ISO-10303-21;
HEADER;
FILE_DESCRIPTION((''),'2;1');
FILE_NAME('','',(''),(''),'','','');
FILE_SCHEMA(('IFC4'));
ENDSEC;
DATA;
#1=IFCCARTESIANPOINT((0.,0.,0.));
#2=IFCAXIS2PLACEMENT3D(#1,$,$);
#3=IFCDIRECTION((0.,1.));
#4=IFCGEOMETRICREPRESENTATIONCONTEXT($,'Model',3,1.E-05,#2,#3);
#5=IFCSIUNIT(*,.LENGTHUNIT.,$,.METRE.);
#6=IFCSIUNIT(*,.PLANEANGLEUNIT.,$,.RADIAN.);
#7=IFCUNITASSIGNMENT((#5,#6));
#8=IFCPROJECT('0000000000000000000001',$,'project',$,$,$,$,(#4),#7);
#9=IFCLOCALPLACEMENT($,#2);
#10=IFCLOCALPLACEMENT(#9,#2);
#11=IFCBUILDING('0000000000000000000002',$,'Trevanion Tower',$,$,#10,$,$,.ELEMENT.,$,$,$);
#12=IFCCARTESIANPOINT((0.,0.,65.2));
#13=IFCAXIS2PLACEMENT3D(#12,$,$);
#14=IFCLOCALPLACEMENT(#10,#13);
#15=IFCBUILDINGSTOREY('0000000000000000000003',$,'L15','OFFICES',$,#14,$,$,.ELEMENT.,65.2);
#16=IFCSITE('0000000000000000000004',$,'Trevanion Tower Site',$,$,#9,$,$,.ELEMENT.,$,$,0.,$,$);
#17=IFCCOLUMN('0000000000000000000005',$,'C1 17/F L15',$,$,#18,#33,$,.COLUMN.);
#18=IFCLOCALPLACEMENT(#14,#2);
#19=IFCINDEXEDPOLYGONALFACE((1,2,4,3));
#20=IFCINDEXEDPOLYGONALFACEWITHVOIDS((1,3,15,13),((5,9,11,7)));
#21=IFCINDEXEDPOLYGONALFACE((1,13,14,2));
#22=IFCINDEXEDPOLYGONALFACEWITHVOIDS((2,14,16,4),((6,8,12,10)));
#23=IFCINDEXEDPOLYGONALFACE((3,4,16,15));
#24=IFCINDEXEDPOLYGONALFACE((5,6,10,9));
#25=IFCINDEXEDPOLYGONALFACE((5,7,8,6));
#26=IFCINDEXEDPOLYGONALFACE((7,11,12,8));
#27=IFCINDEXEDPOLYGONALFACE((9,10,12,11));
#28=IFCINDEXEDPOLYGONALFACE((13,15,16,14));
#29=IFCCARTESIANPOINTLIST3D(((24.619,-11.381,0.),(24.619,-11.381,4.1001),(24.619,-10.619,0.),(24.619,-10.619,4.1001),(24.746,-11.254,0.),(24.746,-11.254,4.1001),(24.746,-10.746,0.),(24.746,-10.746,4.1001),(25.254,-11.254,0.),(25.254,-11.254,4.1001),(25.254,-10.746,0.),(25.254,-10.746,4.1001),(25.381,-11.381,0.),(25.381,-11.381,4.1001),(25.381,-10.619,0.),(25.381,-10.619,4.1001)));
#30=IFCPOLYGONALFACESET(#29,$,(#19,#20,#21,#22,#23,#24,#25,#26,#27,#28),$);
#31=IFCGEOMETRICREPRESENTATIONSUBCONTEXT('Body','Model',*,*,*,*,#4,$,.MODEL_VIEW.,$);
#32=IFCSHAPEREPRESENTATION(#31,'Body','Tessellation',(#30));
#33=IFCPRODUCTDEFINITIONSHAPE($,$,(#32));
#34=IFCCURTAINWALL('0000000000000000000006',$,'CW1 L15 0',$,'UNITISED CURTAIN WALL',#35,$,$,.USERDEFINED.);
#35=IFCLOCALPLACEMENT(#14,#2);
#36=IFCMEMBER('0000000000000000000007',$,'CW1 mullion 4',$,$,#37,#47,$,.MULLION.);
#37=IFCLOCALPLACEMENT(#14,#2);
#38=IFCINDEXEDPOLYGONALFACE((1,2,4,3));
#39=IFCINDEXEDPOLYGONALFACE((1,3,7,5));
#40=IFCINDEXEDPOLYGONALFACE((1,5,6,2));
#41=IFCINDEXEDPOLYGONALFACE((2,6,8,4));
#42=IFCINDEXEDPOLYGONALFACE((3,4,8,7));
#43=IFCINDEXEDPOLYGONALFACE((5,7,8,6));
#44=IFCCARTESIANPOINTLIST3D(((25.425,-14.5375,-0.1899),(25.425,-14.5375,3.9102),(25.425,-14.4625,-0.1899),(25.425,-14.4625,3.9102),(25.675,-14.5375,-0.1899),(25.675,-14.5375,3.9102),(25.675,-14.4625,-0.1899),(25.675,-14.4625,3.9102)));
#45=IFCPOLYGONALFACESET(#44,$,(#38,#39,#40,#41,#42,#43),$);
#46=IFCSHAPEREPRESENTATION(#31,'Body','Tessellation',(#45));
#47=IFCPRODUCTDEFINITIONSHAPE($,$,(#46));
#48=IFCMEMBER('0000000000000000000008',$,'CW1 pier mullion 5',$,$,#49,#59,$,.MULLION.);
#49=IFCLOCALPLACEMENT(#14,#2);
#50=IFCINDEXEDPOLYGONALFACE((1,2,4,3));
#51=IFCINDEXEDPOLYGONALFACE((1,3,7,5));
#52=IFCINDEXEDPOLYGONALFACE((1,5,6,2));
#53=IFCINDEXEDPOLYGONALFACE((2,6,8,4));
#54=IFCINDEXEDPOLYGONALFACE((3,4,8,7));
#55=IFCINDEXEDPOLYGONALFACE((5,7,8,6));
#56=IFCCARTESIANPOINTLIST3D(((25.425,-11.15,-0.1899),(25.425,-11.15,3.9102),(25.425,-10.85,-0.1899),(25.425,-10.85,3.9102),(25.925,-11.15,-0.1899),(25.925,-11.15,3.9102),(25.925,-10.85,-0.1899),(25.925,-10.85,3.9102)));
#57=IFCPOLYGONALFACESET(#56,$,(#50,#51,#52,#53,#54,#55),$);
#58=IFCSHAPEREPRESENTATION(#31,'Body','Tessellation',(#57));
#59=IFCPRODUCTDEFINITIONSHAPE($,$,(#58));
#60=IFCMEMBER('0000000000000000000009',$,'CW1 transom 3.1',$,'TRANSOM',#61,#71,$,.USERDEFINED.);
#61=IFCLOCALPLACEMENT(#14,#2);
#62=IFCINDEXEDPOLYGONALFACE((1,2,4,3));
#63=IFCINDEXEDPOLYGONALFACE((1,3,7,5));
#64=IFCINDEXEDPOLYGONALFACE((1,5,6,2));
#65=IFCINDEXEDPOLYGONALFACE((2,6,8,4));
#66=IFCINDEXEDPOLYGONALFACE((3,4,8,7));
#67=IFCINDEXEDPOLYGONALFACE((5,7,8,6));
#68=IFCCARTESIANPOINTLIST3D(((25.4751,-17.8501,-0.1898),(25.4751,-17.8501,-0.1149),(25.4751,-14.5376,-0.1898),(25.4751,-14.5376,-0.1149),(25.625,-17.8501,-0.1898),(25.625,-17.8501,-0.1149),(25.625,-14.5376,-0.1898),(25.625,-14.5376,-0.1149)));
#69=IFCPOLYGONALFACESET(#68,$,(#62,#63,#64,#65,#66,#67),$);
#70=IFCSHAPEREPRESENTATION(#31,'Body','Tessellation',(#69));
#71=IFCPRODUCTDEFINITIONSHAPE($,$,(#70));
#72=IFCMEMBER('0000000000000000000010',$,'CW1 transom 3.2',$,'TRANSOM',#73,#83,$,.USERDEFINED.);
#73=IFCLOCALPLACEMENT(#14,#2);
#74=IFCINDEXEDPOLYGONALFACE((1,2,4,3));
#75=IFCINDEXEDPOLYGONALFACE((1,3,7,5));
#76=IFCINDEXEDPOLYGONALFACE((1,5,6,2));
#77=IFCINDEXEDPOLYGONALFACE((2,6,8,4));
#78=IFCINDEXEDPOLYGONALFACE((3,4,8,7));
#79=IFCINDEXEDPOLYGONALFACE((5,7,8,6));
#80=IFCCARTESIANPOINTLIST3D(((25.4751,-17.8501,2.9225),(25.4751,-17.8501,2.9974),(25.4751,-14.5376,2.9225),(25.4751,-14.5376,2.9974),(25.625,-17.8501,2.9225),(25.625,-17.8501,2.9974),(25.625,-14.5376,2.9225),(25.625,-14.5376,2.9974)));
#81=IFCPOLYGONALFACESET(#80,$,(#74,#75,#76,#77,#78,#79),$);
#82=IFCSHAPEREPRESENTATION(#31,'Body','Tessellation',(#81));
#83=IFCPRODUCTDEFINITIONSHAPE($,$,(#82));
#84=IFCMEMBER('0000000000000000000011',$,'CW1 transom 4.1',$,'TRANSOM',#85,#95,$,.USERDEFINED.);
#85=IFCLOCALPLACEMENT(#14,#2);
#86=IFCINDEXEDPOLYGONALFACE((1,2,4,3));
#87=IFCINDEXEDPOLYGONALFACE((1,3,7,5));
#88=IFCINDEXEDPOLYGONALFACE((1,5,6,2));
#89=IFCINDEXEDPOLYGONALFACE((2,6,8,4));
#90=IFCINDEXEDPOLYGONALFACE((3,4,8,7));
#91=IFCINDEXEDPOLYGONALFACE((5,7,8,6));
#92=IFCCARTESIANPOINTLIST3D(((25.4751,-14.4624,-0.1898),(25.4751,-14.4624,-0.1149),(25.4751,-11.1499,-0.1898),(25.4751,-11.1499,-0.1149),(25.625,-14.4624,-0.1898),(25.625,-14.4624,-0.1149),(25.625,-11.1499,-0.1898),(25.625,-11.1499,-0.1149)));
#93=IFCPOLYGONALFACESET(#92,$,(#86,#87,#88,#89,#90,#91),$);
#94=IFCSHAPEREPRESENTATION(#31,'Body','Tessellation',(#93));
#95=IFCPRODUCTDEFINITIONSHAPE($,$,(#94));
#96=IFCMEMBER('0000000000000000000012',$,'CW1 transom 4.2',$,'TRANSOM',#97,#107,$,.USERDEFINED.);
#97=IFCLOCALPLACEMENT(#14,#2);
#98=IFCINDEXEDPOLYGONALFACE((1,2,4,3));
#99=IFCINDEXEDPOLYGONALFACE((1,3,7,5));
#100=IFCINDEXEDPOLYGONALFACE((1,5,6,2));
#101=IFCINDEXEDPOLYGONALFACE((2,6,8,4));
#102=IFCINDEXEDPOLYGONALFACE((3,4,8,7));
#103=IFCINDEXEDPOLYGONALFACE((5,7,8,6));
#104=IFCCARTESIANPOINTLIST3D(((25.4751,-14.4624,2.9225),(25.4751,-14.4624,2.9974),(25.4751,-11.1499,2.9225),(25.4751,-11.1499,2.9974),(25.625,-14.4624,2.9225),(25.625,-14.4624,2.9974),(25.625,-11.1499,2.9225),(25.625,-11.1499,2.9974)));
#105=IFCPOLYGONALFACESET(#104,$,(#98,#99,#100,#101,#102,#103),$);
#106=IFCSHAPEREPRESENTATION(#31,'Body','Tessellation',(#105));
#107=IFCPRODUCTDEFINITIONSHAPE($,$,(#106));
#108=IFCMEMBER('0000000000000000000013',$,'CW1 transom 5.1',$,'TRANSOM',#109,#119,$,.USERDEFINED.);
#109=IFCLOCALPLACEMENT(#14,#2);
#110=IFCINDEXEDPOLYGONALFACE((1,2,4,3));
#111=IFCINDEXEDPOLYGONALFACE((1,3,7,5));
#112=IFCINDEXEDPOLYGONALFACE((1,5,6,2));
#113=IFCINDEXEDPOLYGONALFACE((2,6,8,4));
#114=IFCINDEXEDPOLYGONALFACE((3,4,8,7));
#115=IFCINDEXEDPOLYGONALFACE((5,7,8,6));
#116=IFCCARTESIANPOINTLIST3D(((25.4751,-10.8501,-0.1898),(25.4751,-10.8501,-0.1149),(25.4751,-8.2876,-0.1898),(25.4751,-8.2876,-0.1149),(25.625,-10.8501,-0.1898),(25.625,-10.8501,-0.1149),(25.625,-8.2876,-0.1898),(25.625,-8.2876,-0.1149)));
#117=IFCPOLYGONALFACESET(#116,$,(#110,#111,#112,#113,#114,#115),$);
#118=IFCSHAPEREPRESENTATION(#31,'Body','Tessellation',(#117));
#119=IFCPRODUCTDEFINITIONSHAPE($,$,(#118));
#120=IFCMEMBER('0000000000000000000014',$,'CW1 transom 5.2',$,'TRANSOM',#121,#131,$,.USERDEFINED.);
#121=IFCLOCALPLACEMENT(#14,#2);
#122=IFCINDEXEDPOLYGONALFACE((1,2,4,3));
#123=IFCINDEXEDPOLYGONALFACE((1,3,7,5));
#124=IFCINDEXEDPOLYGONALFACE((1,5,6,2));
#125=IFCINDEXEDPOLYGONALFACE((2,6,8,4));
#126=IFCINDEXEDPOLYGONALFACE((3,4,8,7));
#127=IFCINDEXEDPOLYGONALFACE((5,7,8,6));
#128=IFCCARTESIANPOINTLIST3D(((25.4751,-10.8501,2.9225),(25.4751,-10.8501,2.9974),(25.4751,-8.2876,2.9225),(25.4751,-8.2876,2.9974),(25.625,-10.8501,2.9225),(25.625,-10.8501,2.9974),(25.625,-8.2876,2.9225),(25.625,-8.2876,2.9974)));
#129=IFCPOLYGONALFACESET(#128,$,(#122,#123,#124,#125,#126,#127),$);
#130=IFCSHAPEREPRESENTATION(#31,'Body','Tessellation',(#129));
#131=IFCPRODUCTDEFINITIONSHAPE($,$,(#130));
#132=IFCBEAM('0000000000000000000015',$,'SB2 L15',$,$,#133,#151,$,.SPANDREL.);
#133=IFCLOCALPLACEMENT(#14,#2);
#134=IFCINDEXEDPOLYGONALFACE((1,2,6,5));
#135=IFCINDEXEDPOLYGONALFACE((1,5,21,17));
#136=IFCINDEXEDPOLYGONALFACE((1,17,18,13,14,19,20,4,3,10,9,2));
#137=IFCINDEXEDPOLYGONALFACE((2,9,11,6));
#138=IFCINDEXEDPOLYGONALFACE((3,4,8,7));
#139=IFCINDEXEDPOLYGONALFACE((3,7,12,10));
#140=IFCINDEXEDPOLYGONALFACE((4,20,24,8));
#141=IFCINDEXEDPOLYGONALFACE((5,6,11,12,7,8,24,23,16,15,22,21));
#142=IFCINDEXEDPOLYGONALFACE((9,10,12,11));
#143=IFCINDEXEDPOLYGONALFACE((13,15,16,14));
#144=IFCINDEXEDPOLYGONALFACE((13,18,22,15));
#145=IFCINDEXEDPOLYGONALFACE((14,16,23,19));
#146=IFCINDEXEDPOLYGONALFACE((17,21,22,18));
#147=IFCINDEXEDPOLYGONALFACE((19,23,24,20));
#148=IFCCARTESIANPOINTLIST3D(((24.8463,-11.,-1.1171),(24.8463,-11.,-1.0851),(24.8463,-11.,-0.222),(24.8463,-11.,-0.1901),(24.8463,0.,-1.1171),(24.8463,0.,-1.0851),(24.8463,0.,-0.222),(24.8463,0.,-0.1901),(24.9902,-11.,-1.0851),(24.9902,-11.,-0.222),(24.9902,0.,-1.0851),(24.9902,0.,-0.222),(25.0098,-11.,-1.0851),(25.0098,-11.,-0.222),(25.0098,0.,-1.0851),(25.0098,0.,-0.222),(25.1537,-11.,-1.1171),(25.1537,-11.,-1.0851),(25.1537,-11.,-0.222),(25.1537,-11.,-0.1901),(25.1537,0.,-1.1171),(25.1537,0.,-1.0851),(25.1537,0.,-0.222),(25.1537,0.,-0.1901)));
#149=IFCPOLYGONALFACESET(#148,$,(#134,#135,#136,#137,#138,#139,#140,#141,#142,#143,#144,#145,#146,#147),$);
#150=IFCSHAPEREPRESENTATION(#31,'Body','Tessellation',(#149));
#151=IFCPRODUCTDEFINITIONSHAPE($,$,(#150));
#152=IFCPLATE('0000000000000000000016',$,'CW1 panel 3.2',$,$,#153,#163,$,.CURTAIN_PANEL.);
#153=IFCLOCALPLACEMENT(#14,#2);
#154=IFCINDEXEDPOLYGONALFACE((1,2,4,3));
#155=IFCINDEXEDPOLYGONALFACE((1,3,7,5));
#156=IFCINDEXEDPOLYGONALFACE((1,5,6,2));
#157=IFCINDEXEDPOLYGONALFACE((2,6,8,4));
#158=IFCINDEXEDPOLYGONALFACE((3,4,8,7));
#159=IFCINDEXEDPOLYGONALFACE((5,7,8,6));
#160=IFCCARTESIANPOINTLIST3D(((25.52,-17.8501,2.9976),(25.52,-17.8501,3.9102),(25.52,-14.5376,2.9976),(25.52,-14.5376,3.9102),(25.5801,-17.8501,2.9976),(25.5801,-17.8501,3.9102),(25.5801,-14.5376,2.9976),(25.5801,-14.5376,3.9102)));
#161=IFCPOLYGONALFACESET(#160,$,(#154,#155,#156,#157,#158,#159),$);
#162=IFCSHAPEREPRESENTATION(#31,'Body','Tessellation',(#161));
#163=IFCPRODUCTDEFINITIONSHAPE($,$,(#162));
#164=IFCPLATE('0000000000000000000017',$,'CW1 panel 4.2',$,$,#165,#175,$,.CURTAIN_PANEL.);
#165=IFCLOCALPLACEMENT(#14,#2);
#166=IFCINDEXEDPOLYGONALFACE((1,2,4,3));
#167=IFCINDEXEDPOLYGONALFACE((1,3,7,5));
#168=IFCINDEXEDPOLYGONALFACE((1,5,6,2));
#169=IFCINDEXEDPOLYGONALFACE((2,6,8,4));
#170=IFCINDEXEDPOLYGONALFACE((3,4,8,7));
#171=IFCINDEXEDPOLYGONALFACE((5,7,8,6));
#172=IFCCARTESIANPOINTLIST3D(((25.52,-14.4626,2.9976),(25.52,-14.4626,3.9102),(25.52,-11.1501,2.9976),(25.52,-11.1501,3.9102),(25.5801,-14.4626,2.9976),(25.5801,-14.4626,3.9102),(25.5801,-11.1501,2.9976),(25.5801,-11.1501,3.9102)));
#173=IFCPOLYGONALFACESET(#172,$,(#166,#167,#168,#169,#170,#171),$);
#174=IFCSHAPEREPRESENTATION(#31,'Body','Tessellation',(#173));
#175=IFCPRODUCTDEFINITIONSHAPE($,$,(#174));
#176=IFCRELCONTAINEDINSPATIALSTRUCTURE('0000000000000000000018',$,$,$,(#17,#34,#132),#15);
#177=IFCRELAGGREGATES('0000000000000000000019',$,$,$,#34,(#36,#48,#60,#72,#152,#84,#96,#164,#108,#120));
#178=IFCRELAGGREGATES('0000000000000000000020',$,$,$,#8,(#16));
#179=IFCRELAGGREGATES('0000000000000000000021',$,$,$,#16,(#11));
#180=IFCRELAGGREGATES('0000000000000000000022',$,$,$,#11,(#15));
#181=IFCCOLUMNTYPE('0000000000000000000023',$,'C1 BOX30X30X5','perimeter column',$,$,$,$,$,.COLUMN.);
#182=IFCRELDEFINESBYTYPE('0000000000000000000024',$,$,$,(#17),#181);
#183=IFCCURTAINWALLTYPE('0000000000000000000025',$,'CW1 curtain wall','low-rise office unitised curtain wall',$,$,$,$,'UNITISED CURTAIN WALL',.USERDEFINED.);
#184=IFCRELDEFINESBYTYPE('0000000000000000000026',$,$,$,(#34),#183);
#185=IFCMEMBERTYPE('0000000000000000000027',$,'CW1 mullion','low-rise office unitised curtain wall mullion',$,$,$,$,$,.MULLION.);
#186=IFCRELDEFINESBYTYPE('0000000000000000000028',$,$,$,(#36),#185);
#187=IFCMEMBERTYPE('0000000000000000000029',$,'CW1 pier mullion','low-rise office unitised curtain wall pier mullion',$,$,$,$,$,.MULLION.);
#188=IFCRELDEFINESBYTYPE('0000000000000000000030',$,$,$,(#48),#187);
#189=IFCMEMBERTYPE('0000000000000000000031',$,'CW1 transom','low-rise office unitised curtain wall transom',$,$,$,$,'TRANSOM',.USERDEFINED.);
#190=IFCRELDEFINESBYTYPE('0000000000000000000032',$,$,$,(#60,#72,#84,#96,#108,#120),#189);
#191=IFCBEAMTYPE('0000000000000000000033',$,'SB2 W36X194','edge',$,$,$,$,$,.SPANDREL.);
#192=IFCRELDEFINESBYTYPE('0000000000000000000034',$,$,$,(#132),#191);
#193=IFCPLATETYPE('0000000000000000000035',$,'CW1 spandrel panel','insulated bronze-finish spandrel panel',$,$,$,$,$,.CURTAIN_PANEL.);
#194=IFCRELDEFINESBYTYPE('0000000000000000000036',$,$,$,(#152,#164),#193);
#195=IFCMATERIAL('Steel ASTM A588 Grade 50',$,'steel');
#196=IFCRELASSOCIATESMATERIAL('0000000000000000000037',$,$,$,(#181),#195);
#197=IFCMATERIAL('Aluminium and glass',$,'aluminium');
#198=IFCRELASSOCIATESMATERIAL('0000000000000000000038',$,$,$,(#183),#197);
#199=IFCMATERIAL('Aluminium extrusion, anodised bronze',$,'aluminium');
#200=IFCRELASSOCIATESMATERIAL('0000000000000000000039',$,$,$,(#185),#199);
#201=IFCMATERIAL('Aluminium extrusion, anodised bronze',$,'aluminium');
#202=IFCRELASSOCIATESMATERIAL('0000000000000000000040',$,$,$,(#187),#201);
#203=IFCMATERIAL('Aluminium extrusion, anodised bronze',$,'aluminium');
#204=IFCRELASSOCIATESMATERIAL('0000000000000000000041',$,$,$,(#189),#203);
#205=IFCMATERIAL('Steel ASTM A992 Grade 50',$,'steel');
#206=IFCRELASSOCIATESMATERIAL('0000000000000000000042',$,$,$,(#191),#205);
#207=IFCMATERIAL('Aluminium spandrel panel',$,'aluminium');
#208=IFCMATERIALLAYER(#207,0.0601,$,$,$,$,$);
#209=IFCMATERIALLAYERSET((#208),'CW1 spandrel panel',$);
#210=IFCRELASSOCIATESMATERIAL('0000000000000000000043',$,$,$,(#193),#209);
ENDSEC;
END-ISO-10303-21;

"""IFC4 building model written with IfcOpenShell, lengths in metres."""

from ifc_helpers import new_model, si_unit, direction, frame, origin, origin_2d, place, context, subcontext, project, spatial, rectangle, hollow_rectangle, i_section, extrude, material, layer, layer_set, material_profile, profile_set, type_object, element, aggregate, save


model = new_model("IFC4")

# Units and contexts
model_context = context("Model", 3, precision=1e-05, world=origin(), true_north=direction((0.0, 1.0)))
body_context = subcontext(model_context, "Body", "Model", "MODEL_VIEW")
ifc_project = project(units=[si_unit("LENGTHUNIT", "METRE"), si_unit("PLANEANGLEUNIT", "RADIAN")], contexts=[model_context])

# Site, building, storey
site_placement = place(None, origin())
site = spatial("IfcSite", under=ifc_project, at=site_placement, Name="Trevanion Tower Site", CompositionType="ELEMENT", RefElevation=0.0)
building_placement = place(site_placement, origin())
building = spatial("IfcBuilding", under=site, at=building_placement, Name="Trevanion Tower", CompositionType="ELEMENT")
storey_placement = place(building_placement, frame((0.0, 0.0, 65.2)))
storey = spatial("IfcBuildingStorey", under=building, at=storey_placement, Name="L15", Description="OFFICES", CompositionType="ELEMENT", Elevation=65.2)

# Column
ifc_material_1 = material(Name="Steel ASTM A588 Grade 50", Category="steel")
ifc_material_profile_1 = material_profile(ifc_material_1, hollow_rectangle(XDim=0.762, YDim=0.762, WallThickness=0.127, at=origin_2d()), Name="BOX30X30X5")
ifc_profile_set_1 = profile_set([ifc_material_profile_1], Name="Steel ASTM A588 Grade 50")
column_type = type_object("IfcColumnType", Name="C1 BOX30X30X5", Description="perimeter column", PredefinedType="COLUMN", material=ifc_profile_set_1)
column_placement = place(storey_placement, frame((25.0, -11.0, 0.0), z_axis=(0.0, 0.0, 1.0), x_axis=(0.0, 1.0, 0.0)))
element("IfcColumn", 1, at=column_placement, inside=storey, type_object=column_type, Name="C1 17/F L15", PredefinedType="COLUMN", context=body_context, shape_type="SweptSolid", body=[
    extrude(hollow_rectangle(XDim=0.762, YDim=0.762, WallThickness=0.127, at=origin_2d()), origin(), (0.0, 0.0, 1.0), 4.1001),
])

# Curtain wall, members
ifc_material_2 = material(Name="Aluminium and glass", Category="aluminium")
curtain_wall_type = type_object("IfcCurtainWallType", Name="CW1 curtain wall", Description="low-rise office unitised curtain wall", ElementType="UNITISED CURTAIN WALL", PredefinedType="USERDEFINED", material=ifc_material_2)
curtain_wall_placement = place(storey_placement, origin())
curtain_wall = element("IfcCurtainWall", 2, at=curtain_wall_placement, inside=storey, type_object=curtain_wall_type, Name="CW1 L15 0", ObjectType="UNITISED CURTAIN WALL", PredefinedType="USERDEFINED")
ifc_material_3 = material(Name="Aluminium extrusion, anodised bronze", Category="aluminium")
ifc_material_profile_2 = material_profile(ifc_material_3, rectangle(XDim=0.075, YDim=0.25, at=origin_2d()), Name="CW1 mullion")
ifc_profile_set_2 = profile_set([ifc_material_profile_2], Name="Aluminium extrusion, anodised bronze")
member_type_1 = type_object("IfcMemberType", Name="CW1 mullion", Description="low-rise office unitised curtain wall mullion", PredefinedType="MULLION", material=ifc_profile_set_2)
member_1_placement = place(storey_placement, frame((25.55, -14.5, -0.1899), z_axis=(0.0, 0.0, 1.0), x_axis=(0.0, 1.0, 0.0)))
member_1 = element("IfcMember", 3, at=member_1_placement, type_object=member_type_1, Name="CW1 mullion 4", PredefinedType="MULLION", context=body_context, shape_type="SweptSolid", body=[
    extrude(rectangle(XDim=0.075, YDim=0.25, at=origin_2d()), origin(), (0.0, 0.0, 1.0), 4.1001),
])
ifc_material_4 = material(Name="Aluminium extrusion, anodised bronze", Category="aluminium")
ifc_material_profile_3 = material_profile(ifc_material_4, rectangle(XDim=0.3, YDim=0.5, at=origin_2d()), Name="CW1 pier mullion")
ifc_profile_set_3 = profile_set([ifc_material_profile_3], Name="Aluminium extrusion, anodised bronze")
member_type_2 = type_object("IfcMemberType", Name="CW1 pier mullion", Description="low-rise office unitised curtain wall pier mullion", PredefinedType="MULLION", material=ifc_profile_set_3)
member_2_placement = place(storey_placement, frame((25.675, -11.0, -0.1899), z_axis=(0.0, 0.0, 1.0), x_axis=(0.0, 1.0, 0.0)))
member_2 = element("IfcMember", 4, at=member_2_placement, type_object=member_type_2, Name="CW1 pier mullion 5", PredefinedType="MULLION", context=body_context, shape_type="SweptSolid", body=[
    extrude(rectangle(XDim=0.3, YDim=0.5, at=origin_2d()), origin(), (0.0, 0.0, 1.0), 4.1001),
])
ifc_material_5 = material(Name="Aluminium extrusion, anodised bronze", Category="aluminium")
ifc_material_profile_4 = material_profile(ifc_material_5, rectangle(XDim=0.1499, YDim=0.075, at=origin_2d()), Name="CW1 transom")
ifc_profile_set_4 = profile_set([ifc_material_profile_4], Name="Aluminium extrusion, anodised bronze")
member_type_3 = type_object("IfcMemberType", Name="CW1 transom", Description="low-rise office unitised curtain wall transom", ElementType="TRANSOM", PredefinedType="USERDEFINED", material=ifc_profile_set_4)
member_3_placement = place(storey_placement, frame((25.55, -17.8501, -0.1523), z_axis=(0.0, 1.0, 0.0), x_axis=(-1.0, 0.0, 0.0)))
member_3 = element("IfcMember", 5, at=member_3_placement, type_object=member_type_3, Name="CW1 transom 3.1", ObjectType="TRANSOM", PredefinedType="USERDEFINED", context=body_context, shape_type="SweptSolid", body=[
    extrude(rectangle(XDim=0.1499, YDim=0.075, at=origin_2d()), origin(), (0.0, 0.0, 1.0), 3.3125),
])
member_4_placement = place(storey_placement, frame((25.55, -17.8501, 2.96), z_axis=(0.0, 1.0, 0.0), x_axis=(-1.0, 0.0, 0.0)))
member_4 = element("IfcMember", 6, at=member_4_placement, type_object=member_type_3, Name="CW1 transom 3.2", ObjectType="TRANSOM", PredefinedType="USERDEFINED", context=body_context, shape_type="SweptSolid", body=[
    extrude(rectangle(XDim=0.1499, YDim=0.075, at=origin_2d()), origin(), (0.0, 0.0, 1.0), 3.3125),
])
member_5_placement = place(storey_placement, frame((25.55, -14.4624, -0.1523), z_axis=(0.0, 1.0, 0.0), x_axis=(-1.0, 0.0, 0.0)))
member_5 = element("IfcMember", 7, at=member_5_placement, type_object=member_type_3, Name="CW1 transom 4.1", ObjectType="TRANSOM", PredefinedType="USERDEFINED", context=body_context, shape_type="SweptSolid", body=[
    extrude(rectangle(XDim=0.1499, YDim=0.075, at=origin_2d()), origin(), (0.0, 0.0, 1.0), 3.3125),
])
member_6_placement = place(storey_placement, frame((25.55, -14.4624, 2.96), z_axis=(0.0, 1.0, 0.0), x_axis=(-1.0, 0.0, 0.0)))
member_6 = element("IfcMember", 8, at=member_6_placement, type_object=member_type_3, Name="CW1 transom 4.2", ObjectType="TRANSOM", PredefinedType="USERDEFINED", context=body_context, shape_type="SweptSolid", body=[
    extrude(rectangle(XDim=0.1499, YDim=0.075, at=origin_2d()), origin(), (0.0, 0.0, 1.0), 3.3125),
])
member_7_placement = place(storey_placement, frame((25.55, -10.8501, -0.1523), z_axis=(0.0, 1.0, 0.0), x_axis=(-1.0, 0.0, 0.0)))
member_7 = element("IfcMember", 9, at=member_7_placement, type_object=member_type_3, Name="CW1 transom 5.1", ObjectType="TRANSOM", PredefinedType="USERDEFINED", context=body_context, shape_type="SweptSolid", body=[
    extrude(rectangle(XDim=0.1499, YDim=0.075, at=origin_2d()), origin(), (0.0, 0.0, 1.0), 2.5625),
])
member_8_placement = place(storey_placement, frame((25.55, -10.8501, 2.96), z_axis=(0.0, 1.0, 0.0), x_axis=(-1.0, 0.0, 0.0)))
member_8 = element("IfcMember", 10, at=member_8_placement, type_object=member_type_3, Name="CW1 transom 5.2", ObjectType="TRANSOM", PredefinedType="USERDEFINED", context=body_context, shape_type="SweptSolid", body=[
    extrude(rectangle(XDim=0.1499, YDim=0.075, at=origin_2d()), origin(), (0.0, 0.0, 1.0), 2.5625),
])

# Beam
ifc_material_6 = material(Name="Steel ASTM A992 Grade 50", Category="steel")
ifc_material_profile_5 = material_profile(ifc_material_6, i_section(OverallWidth=0.3074, OverallDepth=0.927, WebThickness=0.0195, FlangeThickness=0.032, at=origin_2d()), Name="W36X194")
ifc_profile_set_5 = profile_set([ifc_material_profile_5], Name="Steel ASTM A992 Grade 50")
beam_type = type_object("IfcBeamType", Name="SB2 W36X194", Description="edge", PredefinedType="SPANDREL", material=ifc_profile_set_5)
beam_placement = place(storey_placement, frame((25.0, -11.0, -0.6536), z_axis=(0.0, 1.0, 0.0), x_axis=(-1.0, 0.0, 0.0)))
element("IfcBeam", 11, at=beam_placement, inside=storey, type_object=beam_type, Name="SB2 L15", PredefinedType="SPANDREL", context=body_context, shape_type="SweptSolid", body=[
    extrude(i_section(OverallWidth=0.3074, OverallDepth=0.927, WebThickness=0.0195, FlangeThickness=0.032, at=origin_2d()), origin(), (0.0, 0.0, 1.0), 11.0),
])

# Plates
ifc_material_7 = material(Name="Aluminium spandrel panel", Category="aluminium")
ifc_layer_1 = layer(ifc_material_7, 0.0601)
ifc_layer_set_1 = layer_set([ifc_layer_1], Name="CW1 spandrel panel")
plate_type_1 = type_object("IfcPlateType", Name="CW1 spandrel panel", Description="insulated bronze-finish spandrel panel", PredefinedType="CURTAIN_PANEL", material=ifc_layer_set_1)
plate_1_placement = place(storey_placement, frame((25.55, -16.1938, 2.9976), z_axis=(0.0, 0.0, 1.0), x_axis=(0.0, 1.0, 0.0)))
plate_1 = element("IfcPlate", 12, at=plate_1_placement, type_object=plate_type_1, Name="CW1 panel 3.2", PredefinedType="CURTAIN_PANEL", context=body_context, shape_type="SweptSolid", body=[
    extrude(rectangle(XDim=3.3125, YDim=0.0601, at=origin_2d()), origin(), (0.0, 0.0, 1.0), 0.9126),
])
plate_2_placement = place(storey_placement, frame((25.55, -12.8064, 2.9976), z_axis=(0.0, 0.0, 1.0), x_axis=(0.0, 1.0, 0.0)))
plate_2 = element("IfcPlate", 13, at=plate_2_placement, type_object=plate_type_1, Name="CW1 panel 4.2", PredefinedType="CURTAIN_PANEL", context=body_context, shape_type="SweptSolid", body=[
    extrude(rectangle(XDim=3.3125, YDim=0.0601, at=origin_2d()), origin(), (0.0, 0.0, 1.0), 0.9126),
])
aggregate(curtain_wall, [member_1, member_2, member_3, member_4, plate_1, member_5, member_6, plate_2, member_7, member_8])

save(model, "model.ifc")
